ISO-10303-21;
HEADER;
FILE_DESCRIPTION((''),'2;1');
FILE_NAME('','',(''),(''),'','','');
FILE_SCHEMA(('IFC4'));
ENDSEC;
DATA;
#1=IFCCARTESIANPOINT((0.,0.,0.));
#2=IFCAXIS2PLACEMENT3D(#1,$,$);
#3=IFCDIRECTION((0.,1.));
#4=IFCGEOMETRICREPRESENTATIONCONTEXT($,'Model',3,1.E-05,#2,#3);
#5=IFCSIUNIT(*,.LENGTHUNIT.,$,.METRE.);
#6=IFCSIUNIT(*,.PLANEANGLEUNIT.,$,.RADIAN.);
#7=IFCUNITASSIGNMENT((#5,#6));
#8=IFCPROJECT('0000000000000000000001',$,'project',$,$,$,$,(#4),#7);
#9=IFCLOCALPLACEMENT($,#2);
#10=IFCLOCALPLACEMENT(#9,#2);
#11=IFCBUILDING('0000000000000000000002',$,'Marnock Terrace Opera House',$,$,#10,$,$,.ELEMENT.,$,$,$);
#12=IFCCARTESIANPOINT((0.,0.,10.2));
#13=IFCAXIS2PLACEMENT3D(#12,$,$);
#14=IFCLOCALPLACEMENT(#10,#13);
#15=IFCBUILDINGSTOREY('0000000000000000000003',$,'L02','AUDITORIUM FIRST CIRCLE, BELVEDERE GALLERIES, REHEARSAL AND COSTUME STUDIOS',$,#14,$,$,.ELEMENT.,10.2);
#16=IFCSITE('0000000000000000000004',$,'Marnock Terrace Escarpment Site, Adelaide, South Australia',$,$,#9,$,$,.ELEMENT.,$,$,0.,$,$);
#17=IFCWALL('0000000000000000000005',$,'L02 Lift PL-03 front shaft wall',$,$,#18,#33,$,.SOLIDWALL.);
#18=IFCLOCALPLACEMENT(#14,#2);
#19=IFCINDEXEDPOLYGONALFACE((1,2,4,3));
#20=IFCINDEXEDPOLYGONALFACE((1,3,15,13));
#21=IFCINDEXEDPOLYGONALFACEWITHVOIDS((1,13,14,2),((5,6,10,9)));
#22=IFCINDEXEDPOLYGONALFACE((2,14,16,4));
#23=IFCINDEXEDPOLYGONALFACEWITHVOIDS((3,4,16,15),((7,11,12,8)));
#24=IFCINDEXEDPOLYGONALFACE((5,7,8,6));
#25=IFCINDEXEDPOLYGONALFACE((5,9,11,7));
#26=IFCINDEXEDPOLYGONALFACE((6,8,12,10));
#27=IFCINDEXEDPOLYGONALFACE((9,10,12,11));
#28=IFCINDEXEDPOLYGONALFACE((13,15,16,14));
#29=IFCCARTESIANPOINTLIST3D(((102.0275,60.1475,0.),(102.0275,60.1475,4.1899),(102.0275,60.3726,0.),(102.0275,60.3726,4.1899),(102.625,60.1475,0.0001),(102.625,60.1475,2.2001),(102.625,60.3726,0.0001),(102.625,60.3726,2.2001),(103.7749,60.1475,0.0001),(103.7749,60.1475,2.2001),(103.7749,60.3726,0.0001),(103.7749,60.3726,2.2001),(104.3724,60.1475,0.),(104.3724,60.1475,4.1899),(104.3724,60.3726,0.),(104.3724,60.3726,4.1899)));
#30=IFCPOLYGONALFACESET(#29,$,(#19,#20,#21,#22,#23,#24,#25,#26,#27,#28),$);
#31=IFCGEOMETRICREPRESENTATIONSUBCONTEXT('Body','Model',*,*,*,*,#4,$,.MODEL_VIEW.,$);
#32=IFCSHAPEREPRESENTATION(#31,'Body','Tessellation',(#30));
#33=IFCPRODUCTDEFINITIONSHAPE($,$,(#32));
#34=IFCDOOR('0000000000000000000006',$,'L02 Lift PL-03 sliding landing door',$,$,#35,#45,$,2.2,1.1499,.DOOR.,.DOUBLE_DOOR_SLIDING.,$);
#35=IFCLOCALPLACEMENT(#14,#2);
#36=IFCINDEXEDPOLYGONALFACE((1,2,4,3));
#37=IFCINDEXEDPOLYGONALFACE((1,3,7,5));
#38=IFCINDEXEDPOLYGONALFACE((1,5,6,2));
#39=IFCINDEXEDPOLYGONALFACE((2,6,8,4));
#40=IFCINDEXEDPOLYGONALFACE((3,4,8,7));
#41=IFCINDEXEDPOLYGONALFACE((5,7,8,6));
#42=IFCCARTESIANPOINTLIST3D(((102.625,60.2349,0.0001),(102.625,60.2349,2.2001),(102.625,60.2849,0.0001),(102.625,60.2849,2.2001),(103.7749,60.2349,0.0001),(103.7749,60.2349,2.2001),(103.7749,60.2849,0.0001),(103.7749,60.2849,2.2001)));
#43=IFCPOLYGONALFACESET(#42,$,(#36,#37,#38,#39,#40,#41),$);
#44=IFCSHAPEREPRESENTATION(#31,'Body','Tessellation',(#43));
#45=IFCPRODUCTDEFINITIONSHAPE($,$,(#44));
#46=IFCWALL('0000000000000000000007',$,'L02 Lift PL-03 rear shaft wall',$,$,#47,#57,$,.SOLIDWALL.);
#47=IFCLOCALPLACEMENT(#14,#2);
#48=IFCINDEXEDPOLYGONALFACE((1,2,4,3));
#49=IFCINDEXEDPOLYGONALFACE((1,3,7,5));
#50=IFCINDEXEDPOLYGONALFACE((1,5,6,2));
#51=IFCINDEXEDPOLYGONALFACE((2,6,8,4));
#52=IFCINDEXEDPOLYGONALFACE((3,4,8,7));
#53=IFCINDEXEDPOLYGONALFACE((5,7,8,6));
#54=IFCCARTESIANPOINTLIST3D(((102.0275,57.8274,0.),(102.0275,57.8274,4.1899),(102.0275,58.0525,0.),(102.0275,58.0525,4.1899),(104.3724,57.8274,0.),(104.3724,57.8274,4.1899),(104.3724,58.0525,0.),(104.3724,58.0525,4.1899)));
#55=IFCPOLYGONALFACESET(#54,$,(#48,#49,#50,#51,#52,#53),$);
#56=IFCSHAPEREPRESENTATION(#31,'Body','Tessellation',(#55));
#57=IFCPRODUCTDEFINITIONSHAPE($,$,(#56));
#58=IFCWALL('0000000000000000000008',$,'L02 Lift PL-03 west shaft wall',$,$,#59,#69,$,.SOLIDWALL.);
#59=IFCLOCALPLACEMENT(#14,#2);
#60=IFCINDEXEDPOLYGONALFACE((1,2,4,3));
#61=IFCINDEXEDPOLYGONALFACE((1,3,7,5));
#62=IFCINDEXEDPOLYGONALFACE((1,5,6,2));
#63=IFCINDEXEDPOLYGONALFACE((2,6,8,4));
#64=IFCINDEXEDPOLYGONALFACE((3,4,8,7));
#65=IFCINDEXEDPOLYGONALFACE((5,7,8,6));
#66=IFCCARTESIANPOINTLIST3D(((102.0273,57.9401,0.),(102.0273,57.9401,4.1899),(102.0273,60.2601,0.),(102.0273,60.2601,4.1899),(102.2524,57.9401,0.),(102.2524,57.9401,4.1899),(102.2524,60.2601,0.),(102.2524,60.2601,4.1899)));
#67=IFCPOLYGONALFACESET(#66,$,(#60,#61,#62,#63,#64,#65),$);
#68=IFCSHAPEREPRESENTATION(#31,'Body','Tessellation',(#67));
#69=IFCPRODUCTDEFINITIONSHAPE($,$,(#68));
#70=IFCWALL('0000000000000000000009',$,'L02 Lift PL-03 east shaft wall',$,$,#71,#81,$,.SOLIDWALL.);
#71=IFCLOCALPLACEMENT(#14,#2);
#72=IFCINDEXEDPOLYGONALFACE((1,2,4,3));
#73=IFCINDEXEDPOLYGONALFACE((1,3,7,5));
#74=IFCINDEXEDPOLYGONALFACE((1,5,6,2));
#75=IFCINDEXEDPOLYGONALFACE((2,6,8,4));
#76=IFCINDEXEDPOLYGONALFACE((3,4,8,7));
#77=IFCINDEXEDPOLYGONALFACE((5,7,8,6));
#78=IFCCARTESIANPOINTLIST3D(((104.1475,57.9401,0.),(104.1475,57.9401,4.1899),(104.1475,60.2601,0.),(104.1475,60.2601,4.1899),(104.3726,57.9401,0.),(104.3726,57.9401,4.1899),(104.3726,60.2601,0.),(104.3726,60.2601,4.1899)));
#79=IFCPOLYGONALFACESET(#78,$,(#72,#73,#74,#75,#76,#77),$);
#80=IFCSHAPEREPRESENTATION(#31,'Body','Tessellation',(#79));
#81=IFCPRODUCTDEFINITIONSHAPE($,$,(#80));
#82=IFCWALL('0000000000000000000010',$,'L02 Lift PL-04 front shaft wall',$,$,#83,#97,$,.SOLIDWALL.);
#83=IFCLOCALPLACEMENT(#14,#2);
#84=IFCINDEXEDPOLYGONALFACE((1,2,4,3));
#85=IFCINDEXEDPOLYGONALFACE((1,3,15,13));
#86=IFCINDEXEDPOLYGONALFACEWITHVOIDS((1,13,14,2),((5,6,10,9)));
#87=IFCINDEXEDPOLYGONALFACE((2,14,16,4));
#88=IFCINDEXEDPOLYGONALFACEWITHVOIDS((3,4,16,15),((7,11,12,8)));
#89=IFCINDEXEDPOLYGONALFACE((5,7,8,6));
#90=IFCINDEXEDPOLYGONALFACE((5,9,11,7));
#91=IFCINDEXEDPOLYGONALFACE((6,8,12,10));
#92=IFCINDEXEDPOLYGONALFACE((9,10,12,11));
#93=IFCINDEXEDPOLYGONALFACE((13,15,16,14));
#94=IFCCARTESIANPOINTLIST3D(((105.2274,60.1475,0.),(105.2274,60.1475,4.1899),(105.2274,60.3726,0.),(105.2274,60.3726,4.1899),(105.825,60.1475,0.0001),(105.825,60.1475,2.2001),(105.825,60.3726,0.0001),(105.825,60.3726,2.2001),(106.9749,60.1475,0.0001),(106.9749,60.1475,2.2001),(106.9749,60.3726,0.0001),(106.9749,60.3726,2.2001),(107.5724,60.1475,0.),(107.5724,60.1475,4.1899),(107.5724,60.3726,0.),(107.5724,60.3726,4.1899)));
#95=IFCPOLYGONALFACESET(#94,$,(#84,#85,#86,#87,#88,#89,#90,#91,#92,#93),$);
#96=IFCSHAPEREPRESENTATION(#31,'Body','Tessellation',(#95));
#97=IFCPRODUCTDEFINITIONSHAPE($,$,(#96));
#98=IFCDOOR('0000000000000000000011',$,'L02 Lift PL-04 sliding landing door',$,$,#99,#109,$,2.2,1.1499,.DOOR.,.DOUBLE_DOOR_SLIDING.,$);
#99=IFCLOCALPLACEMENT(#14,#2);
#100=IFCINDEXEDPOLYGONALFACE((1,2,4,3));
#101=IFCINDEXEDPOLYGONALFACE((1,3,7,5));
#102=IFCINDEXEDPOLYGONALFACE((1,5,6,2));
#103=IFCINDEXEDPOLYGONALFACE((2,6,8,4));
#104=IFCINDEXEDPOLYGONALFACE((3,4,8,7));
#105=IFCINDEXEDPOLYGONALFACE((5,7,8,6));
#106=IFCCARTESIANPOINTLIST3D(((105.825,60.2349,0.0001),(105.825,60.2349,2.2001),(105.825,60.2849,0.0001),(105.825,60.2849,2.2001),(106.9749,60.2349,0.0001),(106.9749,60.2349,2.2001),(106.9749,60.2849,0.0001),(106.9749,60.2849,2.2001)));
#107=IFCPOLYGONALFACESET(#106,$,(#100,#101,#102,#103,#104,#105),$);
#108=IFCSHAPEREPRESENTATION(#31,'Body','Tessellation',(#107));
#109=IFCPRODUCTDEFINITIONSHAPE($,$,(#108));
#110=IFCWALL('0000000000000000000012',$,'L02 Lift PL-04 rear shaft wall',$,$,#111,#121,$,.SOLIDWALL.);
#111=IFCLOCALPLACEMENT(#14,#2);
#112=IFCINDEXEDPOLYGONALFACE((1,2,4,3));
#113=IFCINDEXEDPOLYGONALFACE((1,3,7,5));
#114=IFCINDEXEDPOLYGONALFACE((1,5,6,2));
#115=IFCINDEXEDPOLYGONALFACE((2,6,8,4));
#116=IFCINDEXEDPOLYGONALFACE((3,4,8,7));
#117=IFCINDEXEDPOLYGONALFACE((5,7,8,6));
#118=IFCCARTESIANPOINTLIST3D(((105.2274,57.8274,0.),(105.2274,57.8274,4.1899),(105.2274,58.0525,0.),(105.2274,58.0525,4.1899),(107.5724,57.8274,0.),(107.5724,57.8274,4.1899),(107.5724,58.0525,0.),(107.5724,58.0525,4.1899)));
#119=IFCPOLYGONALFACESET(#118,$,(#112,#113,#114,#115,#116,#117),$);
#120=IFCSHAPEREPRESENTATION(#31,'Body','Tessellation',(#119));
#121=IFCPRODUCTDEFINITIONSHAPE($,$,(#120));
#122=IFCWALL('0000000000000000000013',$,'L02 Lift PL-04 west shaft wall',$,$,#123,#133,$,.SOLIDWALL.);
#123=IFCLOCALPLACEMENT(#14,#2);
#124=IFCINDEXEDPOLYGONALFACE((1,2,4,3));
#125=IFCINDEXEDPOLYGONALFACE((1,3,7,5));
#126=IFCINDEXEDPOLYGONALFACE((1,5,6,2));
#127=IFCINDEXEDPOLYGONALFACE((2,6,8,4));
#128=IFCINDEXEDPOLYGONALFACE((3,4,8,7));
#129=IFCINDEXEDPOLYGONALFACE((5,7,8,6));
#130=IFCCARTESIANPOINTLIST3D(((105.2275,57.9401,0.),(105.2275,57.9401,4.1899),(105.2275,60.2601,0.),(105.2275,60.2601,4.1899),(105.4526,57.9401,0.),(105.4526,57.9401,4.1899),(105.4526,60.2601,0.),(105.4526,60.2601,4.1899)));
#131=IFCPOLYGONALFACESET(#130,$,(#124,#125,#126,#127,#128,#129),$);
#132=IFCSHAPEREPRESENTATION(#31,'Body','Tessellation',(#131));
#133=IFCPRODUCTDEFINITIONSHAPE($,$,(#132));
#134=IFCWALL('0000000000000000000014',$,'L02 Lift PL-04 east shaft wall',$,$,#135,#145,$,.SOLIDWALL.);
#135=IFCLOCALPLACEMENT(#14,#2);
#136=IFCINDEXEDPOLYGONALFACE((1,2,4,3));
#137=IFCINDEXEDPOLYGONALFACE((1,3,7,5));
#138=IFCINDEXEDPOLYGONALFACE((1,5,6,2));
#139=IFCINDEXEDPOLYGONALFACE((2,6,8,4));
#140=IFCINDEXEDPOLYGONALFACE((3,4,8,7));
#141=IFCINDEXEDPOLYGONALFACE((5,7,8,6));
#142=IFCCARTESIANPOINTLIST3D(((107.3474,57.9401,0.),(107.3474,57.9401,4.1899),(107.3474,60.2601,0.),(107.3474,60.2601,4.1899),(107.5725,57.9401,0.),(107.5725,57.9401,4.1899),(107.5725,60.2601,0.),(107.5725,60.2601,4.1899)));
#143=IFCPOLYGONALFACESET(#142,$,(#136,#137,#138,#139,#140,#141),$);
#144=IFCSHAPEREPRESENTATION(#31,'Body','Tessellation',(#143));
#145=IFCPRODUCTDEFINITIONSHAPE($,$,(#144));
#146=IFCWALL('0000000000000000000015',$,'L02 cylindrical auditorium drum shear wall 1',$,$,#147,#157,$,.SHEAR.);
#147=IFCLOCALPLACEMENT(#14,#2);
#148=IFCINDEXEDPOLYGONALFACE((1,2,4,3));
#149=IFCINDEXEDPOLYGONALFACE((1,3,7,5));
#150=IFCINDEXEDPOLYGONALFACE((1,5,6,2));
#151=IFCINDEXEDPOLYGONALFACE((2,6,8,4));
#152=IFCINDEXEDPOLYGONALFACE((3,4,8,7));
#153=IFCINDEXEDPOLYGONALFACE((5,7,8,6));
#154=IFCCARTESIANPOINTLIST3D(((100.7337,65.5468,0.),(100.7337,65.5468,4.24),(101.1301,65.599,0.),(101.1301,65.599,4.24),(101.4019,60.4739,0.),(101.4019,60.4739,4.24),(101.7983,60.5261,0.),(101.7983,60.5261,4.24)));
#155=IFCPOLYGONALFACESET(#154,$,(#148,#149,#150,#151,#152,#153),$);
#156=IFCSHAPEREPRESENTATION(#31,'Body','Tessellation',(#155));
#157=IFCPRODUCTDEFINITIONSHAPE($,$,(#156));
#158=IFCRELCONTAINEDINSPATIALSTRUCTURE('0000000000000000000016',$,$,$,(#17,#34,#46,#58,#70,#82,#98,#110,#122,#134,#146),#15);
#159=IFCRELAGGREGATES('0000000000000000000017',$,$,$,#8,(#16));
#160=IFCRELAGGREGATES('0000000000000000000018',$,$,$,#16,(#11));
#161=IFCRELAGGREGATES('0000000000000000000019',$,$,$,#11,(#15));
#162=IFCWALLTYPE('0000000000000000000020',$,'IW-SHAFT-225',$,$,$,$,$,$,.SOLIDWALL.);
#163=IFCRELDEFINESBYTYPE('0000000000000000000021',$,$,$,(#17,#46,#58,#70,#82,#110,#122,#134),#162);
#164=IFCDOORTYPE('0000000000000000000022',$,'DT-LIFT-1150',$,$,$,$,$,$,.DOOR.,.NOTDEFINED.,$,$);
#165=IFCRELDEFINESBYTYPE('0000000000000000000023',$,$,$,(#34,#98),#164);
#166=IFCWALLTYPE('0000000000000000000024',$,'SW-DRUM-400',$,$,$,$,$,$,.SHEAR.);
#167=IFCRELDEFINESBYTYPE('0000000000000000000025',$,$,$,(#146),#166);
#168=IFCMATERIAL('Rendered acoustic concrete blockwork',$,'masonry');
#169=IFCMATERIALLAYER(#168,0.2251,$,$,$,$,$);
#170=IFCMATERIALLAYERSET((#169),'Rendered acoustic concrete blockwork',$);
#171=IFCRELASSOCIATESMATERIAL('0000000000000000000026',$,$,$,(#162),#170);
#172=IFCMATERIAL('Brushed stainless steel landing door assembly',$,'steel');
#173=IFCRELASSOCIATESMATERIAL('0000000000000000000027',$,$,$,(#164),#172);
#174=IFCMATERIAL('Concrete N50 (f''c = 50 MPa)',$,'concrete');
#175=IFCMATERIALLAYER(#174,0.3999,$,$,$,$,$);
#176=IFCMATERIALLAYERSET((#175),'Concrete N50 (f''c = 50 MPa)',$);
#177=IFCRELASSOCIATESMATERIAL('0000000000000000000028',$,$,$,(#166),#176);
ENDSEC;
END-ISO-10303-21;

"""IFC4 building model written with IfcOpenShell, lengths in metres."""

from ifc_helpers import new_model, si_unit, direction, frame, frame_2d, origin, place, context, subcontext, project, spatial, rectangle, extrude, material, layer, layer_set, type_object, element, fill, save


model = new_model("IFC4")

# Units and contexts
model_context = context("Model", 3, precision=1e-05, world=origin(), true_north=direction((0.0, 1.0)))
body_context = subcontext(model_context, "Body", "Model", "MODEL_VIEW")
ifc_project = project(units=[si_unit("LENGTHUNIT", "METRE"), si_unit("PLANEANGLEUNIT", "RADIAN")], contexts=[model_context])

# Site, building, storey
site_placement = place(None, origin())
site = spatial("IfcSite", under=ifc_project, at=site_placement, Name="Marnock Terrace Escarpment Site, Adelaide, South Australia", CompositionType="ELEMENT", RefElevation=0.0)
building_placement = place(site_placement, origin())
building = spatial("IfcBuilding", under=site, at=building_placement, Name="Marnock Terrace Opera House", CompositionType="ELEMENT")
storey_placement = place(building_placement, frame((0.0, 0.0, 10.2)))
storey = spatial("IfcBuildingStorey", under=building, at=storey_placement, Name="L02", Description="AUDITORIUM FIRST CIRCLE, BELVEDERE GALLERIES, REHEARSAL AND COSTUME STUDIOS", CompositionType="ELEMENT", Elevation=10.2)

# Shared definitions
ifc_material_1 = material(Name="Concrete N50 (f'c = 50 MPa)", Category="concrete")

# Wall, opening, door
ifc_material_2 = material(Name="Rendered acoustic concrete blockwork", Category="masonry")
ifc_layer_1 = layer(ifc_material_2, 0.2251)
ifc_layer_set_1 = layer_set([ifc_layer_1], Name="Rendered acoustic concrete blockwork")
wall_type_1 = type_object("IfcWallType", Name="IW-SHAFT-225", PredefinedType="SOLIDWALL", material=ifc_layer_set_1)
wall_1_placement = place(storey_placement, frame((102.0276, 60.26, 0.0), z_axis=(0.0, 0.0, 1.0), x_axis=(1.0, 0.0, 0.0)))
wall_1 = element("IfcWall", 1, at=wall_1_placement, inside=storey, type_object=wall_type_1, Name="L02 Lift PL-03 front shaft wall", PredefinedType="SOLIDWALL", context=body_context, shape_type="SweptSolid", body=[
    extrude(rectangle(XDim=2.345, YDim=0.2251, at=frame_2d((1.1724, 0.0))), origin(), (0.0, 0.0, 1.0), 4.1899),
])
opening_1_placement = place(wall_1_placement, frame((0.5974, 0.0, 0.0)))
opening_1 = element("IfcOpeningElement", 2, at=opening_1_placement, cuts=wall_1, PredefinedType="OPENING", context=body_context, shape_type="SweptSolid", body=[
    extrude(rectangle(XDim=1.1499, YDim=2.2, at=frame_2d((0.575, 1.1001))), frame((0.0, 0.1226, 0.0), z_axis=(0.0, -1.0, 0.0), x_axis=(1.0, 0.0, 0.0)), (0.0, 0.0, 1.0), 0.2451),
])
ifc_material_3 = material(Name="Brushed stainless steel landing door assembly", Category="steel")
door_type = type_object("IfcDoorType", Name="DT-LIFT-1150", OperationType="NOTDEFINED", PredefinedType="DOOR", material=ifc_material_3)
door_1_placement = place(opening_1_placement, origin())
door_1 = element("IfcDoor", 3, at=door_1_placement, inside=storey, type_object=door_type, Name="L02 Lift PL-03 sliding landing door", OperationType="DOUBLE_DOOR_SLIDING", OverallHeight=2.2, OverallWidth=1.1499, PredefinedType="DOOR", context=body_context, shape_type="SweptSolid", body=[
    extrude(rectangle(XDim=1.1499, YDim=2.2, at=frame_2d((0.575, 1.1001))), frame((0.0, 0.0249, 0.0), z_axis=(0.0, -1.0, 0.0), x_axis=(1.0, 0.0, 0.0)), (0.0, 0.0, 1.0), 0.05),
])
fill(opening_1, door_1)

# Walls
wall_2_placement = place(storey_placement, frame((102.0276, 57.9399, 0.0), z_axis=(0.0, 0.0, 1.0), x_axis=(1.0, 0.0, 0.0)))
element("IfcWall", 4, at=wall_2_placement, inside=storey, type_object=wall_type_1, Name="L02 Lift PL-03 rear shaft wall", PredefinedType="SOLIDWALL", context=body_context, shape_type="SweptSolid", body=[
    extrude(rectangle(XDim=2.345, YDim=0.2251, at=frame_2d((1.1724, 0.0))), origin(), (0.0, 0.0, 1.0), 4.1899),
])
for number, where, z_axis, x_axis, name in (
    (5, (102.1399, 57.9399, 0.0), (0.0, 0.0, 1.0), (0.0, 1.0, 0.0), "L02 Lift PL-03 west shaft wall"),
    (6, (104.26, 57.9399, 0.0), (0.0, 0.0, 1.0), (0.0, 1.0, 0.0), "L02 Lift PL-03 east shaft wall"),
):
    element("IfcWall", number, at=place(storey_placement, frame(where, z_axis=z_axis, x_axis=x_axis)), inside=storey, type_object=wall_type_1, Name=name, PredefinedType="SOLIDWALL", context=body_context, shape_type="SweptSolid", body=[
        extrude(rectangle(XDim=2.3201, YDim=0.2251, at=frame_2d((1.1602, 0.0))), origin(), (0.0, 0.0, 1.0), 4.1899),
    ])

# Wall, opening, door
wall_3_placement = place(storey_placement, frame((105.2275, 60.26, 0.0), z_axis=(0.0, 0.0, 1.0), x_axis=(1.0, 0.0, 0.0)))
wall_3 = element("IfcWall", 7, at=wall_3_placement, inside=storey, type_object=wall_type_1, Name="L02 Lift PL-04 front shaft wall", PredefinedType="SOLIDWALL", context=body_context, shape_type="SweptSolid", body=[
    extrude(rectangle(XDim=2.345, YDim=0.2251, at=frame_2d((1.1724, 0.0))), origin(), (0.0, 0.0, 1.0), 4.1899),
])
opening_2_placement = place(wall_3_placement, frame((0.5974, 0.0, 0.0)))
opening_2 = element("IfcOpeningElement", 8, at=opening_2_placement, cuts=wall_3, PredefinedType="OPENING", context=body_context, shape_type="SweptSolid", body=[
    extrude(rectangle(XDim=1.1499, YDim=2.2, at=frame_2d((0.575, 1.1001))), frame((0.0, 0.1226, 0.0), z_axis=(0.0, -1.0, 0.0), x_axis=(1.0, 0.0, 0.0)), (0.0, 0.0, 1.0), 0.2451),
])
door_2_placement = place(opening_2_placement, origin())
door_2 = element("IfcDoor", 9, at=door_2_placement, inside=storey, type_object=door_type, Name="L02 Lift PL-04 sliding landing door", OperationType="DOUBLE_DOOR_SLIDING", OverallHeight=2.2, OverallWidth=1.1499, PredefinedType="DOOR", context=body_context, shape_type="SweptSolid", body=[
    extrude(rectangle(XDim=1.1499, YDim=2.2, at=frame_2d((0.575, 1.1001))), frame((0.0, 0.0249, 0.0), z_axis=(0.0, -1.0, 0.0), x_axis=(1.0, 0.0, 0.0)), (0.0, 0.0, 1.0), 0.05),
])
fill(opening_2, door_2)

# Walls
wall_4_placement = place(storey_placement, frame((105.2275, 57.9399, 0.0), z_axis=(0.0, 0.0, 1.0), x_axis=(1.0, 0.0, 0.0)))
element("IfcWall", 10, at=wall_4_placement, inside=storey, type_object=wall_type_1, Name="L02 Lift PL-04 rear shaft wall", PredefinedType="SOLIDWALL", context=body_context, shape_type="SweptSolid", body=[
    extrude(rectangle(XDim=2.345, YDim=0.2251, at=frame_2d((1.1724, 0.0))), origin(), (0.0, 0.0, 1.0), 4.1899),
])
for number, where, z_axis, x_axis, name in (
    (11, (105.3401, 57.9399, 0.0), (0.0, 0.0, 1.0), (0.0, 1.0, 0.0), "L02 Lift PL-04 west shaft wall"),
    (12, (107.46, 57.9399, 0.0), (0.0, 0.0, 1.0), (0.0, 1.0, 0.0), "L02 Lift PL-04 east shaft wall"),
):
    element("IfcWall", number, at=place(storey_placement, frame(where, z_axis=z_axis, x_axis=x_axis)), inside=storey, type_object=wall_type_1, Name=name, PredefinedType="SOLIDWALL", context=body_context, shape_type="SweptSolid", body=[
        extrude(rectangle(XDim=2.3201, YDim=0.2251, at=frame_2d((1.1602, 0.0))), origin(), (0.0, 0.0, 1.0), 4.1899),
    ])
ifc_layer_2 = layer(ifc_material_1, 0.3999)
ifc_layer_set_2 = layer_set([ifc_layer_2], Name="Concrete N50 (f'c = 50 MPa)")
wall_type_2 = type_object("IfcWallType", Name="SW-DRUM-400", PredefinedType="SHEAR", material=ifc_layer_set_2)
wall_5_placement = place(storey_placement, frame((101.6001, 60.5, 0.0), z_axis=(0.0, 0.0, 1.0), x_axis=(-0.130592, 0.991436, 0.0)))
element("IfcWall", 13, at=wall_5_placement, inside=storey, type_object=wall_type_2, Name="L02 cylindrical auditorium drum shear wall 1", PredefinedType="SHEAR", context=body_context, shape_type="SweptSolid", body=[
    extrude(rectangle(XDim=5.1167, YDim=0.3999, at=frame_2d((2.5583, 0.0))), origin(), (0.0, 0.0, 1.0), 4.24),
])

save(model, "model.ifc")
